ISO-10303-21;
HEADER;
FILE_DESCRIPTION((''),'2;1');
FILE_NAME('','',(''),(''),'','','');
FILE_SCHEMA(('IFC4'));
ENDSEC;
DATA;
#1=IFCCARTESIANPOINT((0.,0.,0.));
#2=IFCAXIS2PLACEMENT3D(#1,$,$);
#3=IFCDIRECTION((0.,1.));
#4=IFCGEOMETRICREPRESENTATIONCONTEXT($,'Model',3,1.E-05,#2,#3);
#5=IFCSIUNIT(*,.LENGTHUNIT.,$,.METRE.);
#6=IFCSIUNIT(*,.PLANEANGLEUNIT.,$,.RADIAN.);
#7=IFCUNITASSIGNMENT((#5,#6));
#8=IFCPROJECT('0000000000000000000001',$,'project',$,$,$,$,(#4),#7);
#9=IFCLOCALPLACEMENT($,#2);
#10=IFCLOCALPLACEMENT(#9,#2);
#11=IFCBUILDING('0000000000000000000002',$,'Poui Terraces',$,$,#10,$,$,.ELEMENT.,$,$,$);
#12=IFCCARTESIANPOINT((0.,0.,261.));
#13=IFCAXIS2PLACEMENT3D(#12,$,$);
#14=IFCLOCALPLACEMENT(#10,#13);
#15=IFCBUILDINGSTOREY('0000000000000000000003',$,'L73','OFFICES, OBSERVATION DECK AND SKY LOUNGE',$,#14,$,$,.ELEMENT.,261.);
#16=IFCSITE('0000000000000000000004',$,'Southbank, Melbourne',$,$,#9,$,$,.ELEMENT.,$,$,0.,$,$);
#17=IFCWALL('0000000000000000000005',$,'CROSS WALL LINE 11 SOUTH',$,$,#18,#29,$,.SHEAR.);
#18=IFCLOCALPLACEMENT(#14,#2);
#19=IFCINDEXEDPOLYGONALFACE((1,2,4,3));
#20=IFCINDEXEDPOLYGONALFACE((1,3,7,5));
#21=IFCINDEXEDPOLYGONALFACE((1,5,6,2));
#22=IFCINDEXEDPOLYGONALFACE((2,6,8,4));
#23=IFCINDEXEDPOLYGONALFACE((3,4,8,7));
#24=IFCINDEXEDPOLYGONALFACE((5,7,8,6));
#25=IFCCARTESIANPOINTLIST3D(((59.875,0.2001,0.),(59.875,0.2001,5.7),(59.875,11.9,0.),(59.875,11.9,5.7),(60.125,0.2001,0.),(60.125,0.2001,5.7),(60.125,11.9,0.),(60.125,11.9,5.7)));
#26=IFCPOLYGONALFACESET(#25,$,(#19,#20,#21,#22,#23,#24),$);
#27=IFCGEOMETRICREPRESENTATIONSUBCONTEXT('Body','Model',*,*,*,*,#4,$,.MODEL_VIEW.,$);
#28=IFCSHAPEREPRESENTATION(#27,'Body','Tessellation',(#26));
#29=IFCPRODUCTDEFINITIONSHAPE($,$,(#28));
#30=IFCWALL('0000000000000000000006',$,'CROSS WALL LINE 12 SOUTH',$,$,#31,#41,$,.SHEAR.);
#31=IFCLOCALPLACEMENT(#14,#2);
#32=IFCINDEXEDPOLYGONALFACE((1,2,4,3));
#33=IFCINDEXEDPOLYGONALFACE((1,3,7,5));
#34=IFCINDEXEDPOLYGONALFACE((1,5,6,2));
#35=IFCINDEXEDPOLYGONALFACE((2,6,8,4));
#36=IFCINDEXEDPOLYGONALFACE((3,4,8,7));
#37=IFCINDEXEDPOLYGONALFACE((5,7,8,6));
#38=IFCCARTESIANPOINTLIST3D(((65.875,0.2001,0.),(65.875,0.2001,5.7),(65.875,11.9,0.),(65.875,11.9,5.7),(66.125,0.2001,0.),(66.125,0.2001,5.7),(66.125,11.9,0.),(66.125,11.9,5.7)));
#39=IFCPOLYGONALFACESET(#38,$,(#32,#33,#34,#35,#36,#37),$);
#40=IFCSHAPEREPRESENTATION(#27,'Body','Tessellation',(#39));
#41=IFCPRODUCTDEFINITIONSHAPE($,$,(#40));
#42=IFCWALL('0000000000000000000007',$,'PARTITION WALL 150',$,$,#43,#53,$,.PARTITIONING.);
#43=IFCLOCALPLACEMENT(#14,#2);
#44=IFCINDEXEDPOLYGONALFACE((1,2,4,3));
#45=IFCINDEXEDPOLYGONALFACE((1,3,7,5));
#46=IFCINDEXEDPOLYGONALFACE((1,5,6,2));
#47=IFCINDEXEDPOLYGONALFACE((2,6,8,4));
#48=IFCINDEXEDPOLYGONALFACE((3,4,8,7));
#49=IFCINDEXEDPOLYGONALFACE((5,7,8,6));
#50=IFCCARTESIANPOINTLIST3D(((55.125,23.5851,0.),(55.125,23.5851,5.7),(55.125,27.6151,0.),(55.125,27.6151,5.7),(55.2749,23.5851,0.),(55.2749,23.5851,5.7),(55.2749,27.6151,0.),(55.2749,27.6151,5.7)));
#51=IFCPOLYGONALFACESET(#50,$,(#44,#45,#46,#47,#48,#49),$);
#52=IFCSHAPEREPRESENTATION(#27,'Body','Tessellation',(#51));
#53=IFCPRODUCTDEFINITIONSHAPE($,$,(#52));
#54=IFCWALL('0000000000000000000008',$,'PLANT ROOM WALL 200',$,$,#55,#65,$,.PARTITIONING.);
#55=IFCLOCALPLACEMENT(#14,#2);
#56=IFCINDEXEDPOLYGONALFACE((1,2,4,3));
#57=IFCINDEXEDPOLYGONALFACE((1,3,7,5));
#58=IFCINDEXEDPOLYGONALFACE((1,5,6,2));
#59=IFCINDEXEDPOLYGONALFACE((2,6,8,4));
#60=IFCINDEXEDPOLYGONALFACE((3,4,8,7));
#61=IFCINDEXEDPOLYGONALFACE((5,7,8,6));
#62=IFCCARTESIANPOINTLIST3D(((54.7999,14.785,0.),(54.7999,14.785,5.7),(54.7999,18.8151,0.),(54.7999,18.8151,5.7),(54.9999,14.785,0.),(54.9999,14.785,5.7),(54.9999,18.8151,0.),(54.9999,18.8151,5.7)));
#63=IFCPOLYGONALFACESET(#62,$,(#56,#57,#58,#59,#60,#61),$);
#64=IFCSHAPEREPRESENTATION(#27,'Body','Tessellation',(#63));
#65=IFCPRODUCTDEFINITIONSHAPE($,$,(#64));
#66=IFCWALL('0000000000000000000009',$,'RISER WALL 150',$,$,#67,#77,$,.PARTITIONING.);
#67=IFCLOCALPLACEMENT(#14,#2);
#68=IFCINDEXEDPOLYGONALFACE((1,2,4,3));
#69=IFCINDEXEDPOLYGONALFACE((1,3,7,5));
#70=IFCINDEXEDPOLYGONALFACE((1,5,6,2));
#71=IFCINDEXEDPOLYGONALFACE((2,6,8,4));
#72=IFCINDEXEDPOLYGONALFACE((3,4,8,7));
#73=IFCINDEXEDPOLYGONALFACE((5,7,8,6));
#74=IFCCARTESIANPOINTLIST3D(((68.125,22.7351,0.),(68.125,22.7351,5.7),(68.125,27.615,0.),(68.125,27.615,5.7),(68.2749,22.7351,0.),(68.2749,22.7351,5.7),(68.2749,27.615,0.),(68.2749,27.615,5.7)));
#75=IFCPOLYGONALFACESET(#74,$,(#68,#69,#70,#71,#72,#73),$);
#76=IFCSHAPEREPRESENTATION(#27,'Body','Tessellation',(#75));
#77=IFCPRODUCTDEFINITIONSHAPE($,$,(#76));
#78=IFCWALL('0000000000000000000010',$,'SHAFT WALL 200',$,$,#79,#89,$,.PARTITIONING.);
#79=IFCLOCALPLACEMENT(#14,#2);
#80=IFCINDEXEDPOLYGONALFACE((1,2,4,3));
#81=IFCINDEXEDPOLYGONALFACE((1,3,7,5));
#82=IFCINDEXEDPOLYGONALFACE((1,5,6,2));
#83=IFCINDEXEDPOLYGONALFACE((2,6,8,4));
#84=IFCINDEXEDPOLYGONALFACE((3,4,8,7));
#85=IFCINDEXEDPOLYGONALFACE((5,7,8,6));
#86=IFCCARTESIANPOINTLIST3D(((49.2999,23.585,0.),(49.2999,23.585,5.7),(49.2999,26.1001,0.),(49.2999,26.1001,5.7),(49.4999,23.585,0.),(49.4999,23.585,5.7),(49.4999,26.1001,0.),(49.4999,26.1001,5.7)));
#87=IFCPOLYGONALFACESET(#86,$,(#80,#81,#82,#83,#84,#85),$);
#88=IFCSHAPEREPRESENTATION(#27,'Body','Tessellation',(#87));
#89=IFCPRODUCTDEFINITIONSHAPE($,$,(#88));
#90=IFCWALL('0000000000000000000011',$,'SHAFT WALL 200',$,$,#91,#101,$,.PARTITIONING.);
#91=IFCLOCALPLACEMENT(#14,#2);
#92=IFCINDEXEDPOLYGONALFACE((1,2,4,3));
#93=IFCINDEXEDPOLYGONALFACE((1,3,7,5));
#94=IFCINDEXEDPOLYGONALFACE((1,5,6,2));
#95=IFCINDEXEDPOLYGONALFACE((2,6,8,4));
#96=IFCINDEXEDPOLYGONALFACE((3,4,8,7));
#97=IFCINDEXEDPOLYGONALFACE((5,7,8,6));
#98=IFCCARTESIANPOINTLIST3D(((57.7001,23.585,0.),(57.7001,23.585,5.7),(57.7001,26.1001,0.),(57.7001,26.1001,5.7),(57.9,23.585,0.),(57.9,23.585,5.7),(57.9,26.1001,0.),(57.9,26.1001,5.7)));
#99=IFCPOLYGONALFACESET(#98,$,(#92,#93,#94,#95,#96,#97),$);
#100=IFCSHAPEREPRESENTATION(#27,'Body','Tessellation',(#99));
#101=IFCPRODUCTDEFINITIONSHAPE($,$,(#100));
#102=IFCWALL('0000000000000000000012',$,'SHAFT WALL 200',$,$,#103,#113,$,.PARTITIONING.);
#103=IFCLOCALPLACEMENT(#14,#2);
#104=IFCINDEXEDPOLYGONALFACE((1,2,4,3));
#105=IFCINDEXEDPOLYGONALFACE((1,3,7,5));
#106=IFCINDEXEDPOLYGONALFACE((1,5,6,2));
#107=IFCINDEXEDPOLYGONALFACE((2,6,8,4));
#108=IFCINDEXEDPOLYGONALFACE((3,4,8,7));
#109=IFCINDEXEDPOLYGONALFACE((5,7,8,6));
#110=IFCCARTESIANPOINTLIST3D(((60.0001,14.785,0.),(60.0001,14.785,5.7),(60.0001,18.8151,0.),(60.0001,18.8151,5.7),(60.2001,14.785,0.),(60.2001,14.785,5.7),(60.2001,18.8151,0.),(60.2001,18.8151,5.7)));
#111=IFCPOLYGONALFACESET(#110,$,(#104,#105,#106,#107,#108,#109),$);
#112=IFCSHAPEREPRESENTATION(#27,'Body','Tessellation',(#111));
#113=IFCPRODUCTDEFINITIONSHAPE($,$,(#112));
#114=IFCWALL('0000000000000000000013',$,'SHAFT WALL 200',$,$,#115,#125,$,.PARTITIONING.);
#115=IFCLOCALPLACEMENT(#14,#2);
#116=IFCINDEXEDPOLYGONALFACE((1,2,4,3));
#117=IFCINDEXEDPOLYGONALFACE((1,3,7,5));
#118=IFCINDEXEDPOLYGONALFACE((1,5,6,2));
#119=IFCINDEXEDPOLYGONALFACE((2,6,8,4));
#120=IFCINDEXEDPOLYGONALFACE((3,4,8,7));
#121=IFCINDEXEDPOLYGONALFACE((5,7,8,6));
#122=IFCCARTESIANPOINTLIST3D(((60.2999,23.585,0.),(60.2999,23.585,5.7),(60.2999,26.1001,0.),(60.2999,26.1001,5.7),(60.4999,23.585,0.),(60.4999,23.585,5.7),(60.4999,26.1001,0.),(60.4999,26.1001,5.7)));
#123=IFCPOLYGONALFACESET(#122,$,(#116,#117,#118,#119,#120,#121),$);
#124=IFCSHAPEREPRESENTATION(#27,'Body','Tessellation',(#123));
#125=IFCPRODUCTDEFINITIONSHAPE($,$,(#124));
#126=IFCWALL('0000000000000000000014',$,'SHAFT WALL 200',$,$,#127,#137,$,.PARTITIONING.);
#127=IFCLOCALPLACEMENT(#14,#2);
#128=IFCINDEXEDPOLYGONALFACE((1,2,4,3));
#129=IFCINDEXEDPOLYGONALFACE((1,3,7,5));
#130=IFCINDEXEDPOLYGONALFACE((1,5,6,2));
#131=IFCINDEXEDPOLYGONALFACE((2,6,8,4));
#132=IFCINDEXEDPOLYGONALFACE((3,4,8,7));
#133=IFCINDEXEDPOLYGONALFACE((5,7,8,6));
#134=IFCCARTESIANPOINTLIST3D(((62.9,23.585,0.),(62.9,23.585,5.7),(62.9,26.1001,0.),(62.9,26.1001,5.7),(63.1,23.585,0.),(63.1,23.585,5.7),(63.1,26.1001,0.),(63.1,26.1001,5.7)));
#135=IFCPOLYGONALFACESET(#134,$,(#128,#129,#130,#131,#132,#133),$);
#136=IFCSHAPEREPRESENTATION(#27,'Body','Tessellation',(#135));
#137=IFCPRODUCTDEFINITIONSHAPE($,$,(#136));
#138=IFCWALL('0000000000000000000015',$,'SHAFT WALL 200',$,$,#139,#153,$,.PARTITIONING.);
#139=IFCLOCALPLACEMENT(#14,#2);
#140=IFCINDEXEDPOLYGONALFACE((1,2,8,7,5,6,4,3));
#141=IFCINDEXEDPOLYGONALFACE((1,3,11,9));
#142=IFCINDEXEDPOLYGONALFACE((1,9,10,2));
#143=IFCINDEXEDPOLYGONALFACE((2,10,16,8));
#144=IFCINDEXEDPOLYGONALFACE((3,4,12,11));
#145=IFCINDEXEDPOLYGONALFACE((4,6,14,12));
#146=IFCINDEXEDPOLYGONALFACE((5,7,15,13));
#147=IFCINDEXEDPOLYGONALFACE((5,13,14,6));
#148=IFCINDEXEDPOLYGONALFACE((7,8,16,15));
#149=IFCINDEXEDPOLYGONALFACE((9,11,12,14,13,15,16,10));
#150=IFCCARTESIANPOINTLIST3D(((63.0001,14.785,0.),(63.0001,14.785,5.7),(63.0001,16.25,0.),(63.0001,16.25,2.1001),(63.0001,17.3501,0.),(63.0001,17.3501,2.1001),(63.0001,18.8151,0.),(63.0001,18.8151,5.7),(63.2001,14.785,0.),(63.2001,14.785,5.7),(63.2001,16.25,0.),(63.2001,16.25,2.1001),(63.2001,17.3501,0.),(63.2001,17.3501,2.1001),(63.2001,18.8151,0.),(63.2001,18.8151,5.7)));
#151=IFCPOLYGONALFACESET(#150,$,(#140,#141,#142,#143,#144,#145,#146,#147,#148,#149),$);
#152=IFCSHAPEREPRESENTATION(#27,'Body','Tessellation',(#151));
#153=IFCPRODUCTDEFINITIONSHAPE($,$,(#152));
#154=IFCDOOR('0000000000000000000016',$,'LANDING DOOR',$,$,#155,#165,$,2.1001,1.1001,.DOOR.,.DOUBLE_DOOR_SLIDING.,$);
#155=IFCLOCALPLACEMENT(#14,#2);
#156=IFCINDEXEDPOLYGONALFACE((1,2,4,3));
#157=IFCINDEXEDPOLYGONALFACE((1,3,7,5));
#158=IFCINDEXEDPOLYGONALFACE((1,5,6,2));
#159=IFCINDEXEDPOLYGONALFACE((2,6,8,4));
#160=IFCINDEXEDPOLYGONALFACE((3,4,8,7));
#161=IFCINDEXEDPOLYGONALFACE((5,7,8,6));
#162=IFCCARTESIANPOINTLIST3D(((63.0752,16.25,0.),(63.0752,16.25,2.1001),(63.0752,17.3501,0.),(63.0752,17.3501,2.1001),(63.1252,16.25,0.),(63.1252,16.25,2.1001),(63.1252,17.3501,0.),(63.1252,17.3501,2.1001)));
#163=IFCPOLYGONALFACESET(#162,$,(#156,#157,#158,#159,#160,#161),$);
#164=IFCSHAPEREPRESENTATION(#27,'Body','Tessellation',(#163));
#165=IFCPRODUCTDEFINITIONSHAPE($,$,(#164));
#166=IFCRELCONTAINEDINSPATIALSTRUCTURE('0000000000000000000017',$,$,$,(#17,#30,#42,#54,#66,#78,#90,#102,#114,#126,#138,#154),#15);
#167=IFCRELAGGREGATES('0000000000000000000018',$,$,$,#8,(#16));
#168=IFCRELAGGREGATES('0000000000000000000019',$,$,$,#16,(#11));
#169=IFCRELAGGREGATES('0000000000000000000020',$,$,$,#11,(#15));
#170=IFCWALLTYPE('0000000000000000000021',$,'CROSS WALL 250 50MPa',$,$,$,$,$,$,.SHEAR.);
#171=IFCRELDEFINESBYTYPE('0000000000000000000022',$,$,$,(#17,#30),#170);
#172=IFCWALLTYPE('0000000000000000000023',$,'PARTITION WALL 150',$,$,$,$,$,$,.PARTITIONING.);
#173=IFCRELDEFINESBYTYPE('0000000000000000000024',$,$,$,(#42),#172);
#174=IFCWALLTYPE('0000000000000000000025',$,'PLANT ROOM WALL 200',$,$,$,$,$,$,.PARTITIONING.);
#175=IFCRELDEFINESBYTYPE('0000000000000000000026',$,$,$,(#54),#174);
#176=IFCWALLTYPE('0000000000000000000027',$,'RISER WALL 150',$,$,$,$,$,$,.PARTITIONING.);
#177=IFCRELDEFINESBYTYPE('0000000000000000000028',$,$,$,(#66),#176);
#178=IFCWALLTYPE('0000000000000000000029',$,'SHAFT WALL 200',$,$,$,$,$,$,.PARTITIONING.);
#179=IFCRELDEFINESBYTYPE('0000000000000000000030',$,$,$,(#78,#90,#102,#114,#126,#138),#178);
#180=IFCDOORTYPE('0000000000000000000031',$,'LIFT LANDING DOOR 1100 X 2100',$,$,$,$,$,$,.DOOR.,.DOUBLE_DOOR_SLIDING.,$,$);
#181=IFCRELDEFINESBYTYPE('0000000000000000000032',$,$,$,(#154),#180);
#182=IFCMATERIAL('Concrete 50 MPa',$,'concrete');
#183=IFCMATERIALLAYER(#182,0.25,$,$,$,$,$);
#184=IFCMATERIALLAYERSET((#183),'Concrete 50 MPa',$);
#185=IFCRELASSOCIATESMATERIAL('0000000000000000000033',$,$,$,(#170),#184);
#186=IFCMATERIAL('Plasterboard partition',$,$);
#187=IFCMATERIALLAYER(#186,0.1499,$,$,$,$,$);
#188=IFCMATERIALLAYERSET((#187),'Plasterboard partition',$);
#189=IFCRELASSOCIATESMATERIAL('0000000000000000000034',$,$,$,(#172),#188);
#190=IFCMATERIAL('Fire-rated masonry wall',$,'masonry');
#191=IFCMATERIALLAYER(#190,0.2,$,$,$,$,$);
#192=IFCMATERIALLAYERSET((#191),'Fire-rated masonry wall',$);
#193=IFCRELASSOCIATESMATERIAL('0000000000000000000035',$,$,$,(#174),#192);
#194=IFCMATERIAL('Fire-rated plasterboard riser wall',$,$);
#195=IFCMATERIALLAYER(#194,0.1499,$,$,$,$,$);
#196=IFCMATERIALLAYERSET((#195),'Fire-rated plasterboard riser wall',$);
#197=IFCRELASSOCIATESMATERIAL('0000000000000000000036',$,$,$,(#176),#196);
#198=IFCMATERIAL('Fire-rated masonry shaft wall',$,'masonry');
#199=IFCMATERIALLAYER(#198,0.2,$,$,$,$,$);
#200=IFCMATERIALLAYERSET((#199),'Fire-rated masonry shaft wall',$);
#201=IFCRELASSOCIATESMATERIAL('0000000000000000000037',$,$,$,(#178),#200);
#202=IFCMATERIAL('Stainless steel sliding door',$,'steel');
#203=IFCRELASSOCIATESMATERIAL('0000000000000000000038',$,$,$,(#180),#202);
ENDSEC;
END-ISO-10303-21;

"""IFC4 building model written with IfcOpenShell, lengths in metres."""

from ifc_helpers import new_model, si_unit, direction, frame, frame_2d, origin, place, context, subcontext, project, spatial, rectangle, extrude, material, layer, layer_set, type_object, element, fill, save


model = new_model("IFC4")

# Units and contexts
model_context = context("Model", 3, precision=1e-05, world=origin(), true_north=direction((0.0, 1.0)))
body_context = subcontext(model_context, "Body", "Model", "MODEL_VIEW")
ifc_project = project(units=[si_unit("LENGTHUNIT", "METRE"), si_unit("PLANEANGLEUNIT", "RADIAN")], contexts=[model_context])

# Site, building, storey
site_placement = place(None, origin())
site = spatial("IfcSite", under=ifc_project, at=site_placement, Name="Southbank, Melbourne", CompositionType="ELEMENT", RefElevation=0.0)
building_placement = place(site_placement, origin())
building = spatial("IfcBuilding", under=site, at=building_placement, Name="Poui Terraces", CompositionType="ELEMENT")
storey_placement = place(building_placement, frame((0.0, 0.0, 261.0)))
storey = spatial("IfcBuildingStorey", under=building, at=storey_placement, Name="L73", Description="OFFICES, OBSERVATION DECK AND SKY LOUNGE", CompositionType="ELEMENT", Elevation=261.0)

# Shared definitions
ifc_material_1 = material(Name="Concrete 50 MPa", Category="concrete")

# Walls
ifc_layer_1 = layer(ifc_material_1, 0.25)
ifc_layer_set_1 = layer_set([ifc_layer_1], Name="Concrete 50 MPa")
wall_type_1 = type_object("IfcWallType", Name="CROSS WALL 250 50MPa", PredefinedType="SHEAR", material=ifc_layer_set_1)
for number, where, z_axis, x_axis, name in (
    (1, (60.0, 0.2, 0.0), (0.0, 0.0, 1.0), (0.0, 1.0, 0.0), "CROSS WALL LINE 11 SOUTH"),
    (2, (66.0, 0.2, 0.0), (0.0, 0.0, 1.0), (0.0, 1.0, 0.0), "CROSS WALL LINE 12 SOUTH"),
):
    element("IfcWall", number, at=place(storey_placement, frame(where, z_axis=z_axis, x_axis=x_axis)), inside=storey, type_object=wall_type_1, Name=name, PredefinedType="SHEAR", context=body_context, shape_type="SweptSolid", body=[
        extrude(rectangle(XDim=11.7, YDim=0.25, at=frame_2d((5.8501, 0.0))), origin(), (0.0, 0.0, 1.0), 5.7),
    ])
ifc_material_2 = material(Name="Plasterboard partition")
ifc_layer_2 = layer(ifc_material_2, 0.1499)
ifc_layer_set_2 = layer_set([ifc_layer_2], Name="Plasterboard partition")
wall_type_2 = type_object("IfcWallType", Name="PARTITION WALL 150", PredefinedType="PARTITIONING", material=ifc_layer_set_2)
wall_1_placement = place(storey_placement, frame((55.2, 23.585, 0.0), z_axis=(0.0, 0.0, 1.0), x_axis=(0.0, 1.0, 0.0)))
element("IfcWall", 3, at=wall_1_placement, inside=storey, type_object=wall_type_2, Name="PARTITION WALL 150", PredefinedType="PARTITIONING", context=body_context, shape_type="SweptSolid", body=[
    extrude(rectangle(XDim=4.03, YDim=0.1499, at=frame_2d((2.0151, 0.0))), origin(), (0.0, 0.0, 1.0), 5.7),
])
ifc_material_3 = material(Name="Fire-rated masonry wall", Category="masonry")
ifc_layer_3 = layer(ifc_material_3, 0.2)
ifc_layer_set_3 = layer_set([ifc_layer_3], Name="Fire-rated masonry wall")
wall_type_3 = type_object("IfcWallType", Name="PLANT ROOM WALL 200", PredefinedType="PARTITIONING", material=ifc_layer_set_3)
wall_2_placement = place(storey_placement, frame((54.8999, 14.7849, 0.0), z_axis=(0.0, 0.0, 1.0), x_axis=(0.0, 1.0, 0.0)))
element("IfcWall", 4, at=wall_2_placement, inside=storey, type_object=wall_type_3, Name="PLANT ROOM WALL 200", PredefinedType="PARTITIONING", context=body_context, shape_type="SweptSolid", body=[
    extrude(rectangle(XDim=4.03, YDim=0.2, at=frame_2d((2.0151, 0.0))), origin(), (0.0, 0.0, 1.0), 5.7),
])
ifc_material_4 = material(Name="Fire-rated plasterboard riser wall")
ifc_layer_4 = layer(ifc_material_4, 0.1499)
ifc_layer_set_4 = layer_set([ifc_layer_4], Name="Fire-rated plasterboard riser wall")
wall_type_4 = type_object("IfcWallType", Name="RISER WALL 150", PredefinedType="PARTITIONING", material=ifc_layer_set_4)
wall_3_placement = place(storey_placement, frame((68.2, 22.7351, 0.0), z_axis=(0.0, 0.0, 1.0), x_axis=(0.0, 1.0, 0.0)))
element("IfcWall", 5, at=wall_3_placement, inside=storey, type_object=wall_type_4, Name="RISER WALL 150", PredefinedType="PARTITIONING", context=body_context, shape_type="SweptSolid", body=[
    extrude(rectangle(XDim=4.8799, YDim=0.1499, at=frame_2d((2.4399, 0.0))), origin(), (0.0, 0.0, 1.0), 5.7),
])
ifc_material_5 = material(Name="Fire-rated masonry shaft wall", Category="masonry")
ifc_layer_5 = layer(ifc_material_5, 0.2)
ifc_layer_set_5 = layer_set([ifc_layer_5], Name="Fire-rated masonry shaft wall")
wall_type_5 = type_object("IfcWallType", Name="SHAFT WALL 200", PredefinedType="PARTITIONING", material=ifc_layer_set_5)
for number, where, z_axis, x_axis, name in (
    (6, (49.3999, 23.585, 0.0), (0.0, 0.0, 1.0), (0.0, 1.0, 0.0), "SHAFT WALL 200"),
    (7, (57.8, 23.585, 0.0), (0.0, 0.0, 1.0), (0.0, 1.0, 0.0), "SHAFT WALL 200"),
):
    element("IfcWall", number, at=place(storey_placement, frame(where, z_axis=z_axis, x_axis=x_axis)), inside=storey, type_object=wall_type_5, Name=name, PredefinedType="PARTITIONING", context=body_context, shape_type="SweptSolid", body=[
        extrude(rectangle(XDim=2.5151, YDim=0.2, at=frame_2d((1.2576, 0.0))), origin(), (0.0, 0.0, 1.0), 5.7),
    ])
wall_4_placement = place(storey_placement, frame((60.1001, 14.7849, 0.0), z_axis=(0.0, 0.0, 1.0), x_axis=(0.0, 1.0, 0.0)))
element("IfcWall", 8, at=wall_4_placement, inside=storey, type_object=wall_type_5, Name="SHAFT WALL 200", PredefinedType="PARTITIONING", context=body_context, shape_type="SweptSolid", body=[
    extrude(rectangle(XDim=4.03, YDim=0.2, at=frame_2d((2.0151, 0.0))), origin(), (0.0, 0.0, 1.0), 5.7),
])
for number, where, z_axis, x_axis, name in (
    (9, (60.3999, 23.585, 0.0), (0.0, 0.0, 1.0), (0.0, 1.0, 0.0), "SHAFT WALL 200"),
    (10, (63.0, 23.585, 0.0), (0.0, 0.0, 1.0), (0.0, 1.0, 0.0), "SHAFT WALL 200"),
):
    element("IfcWall", number, at=place(storey_placement, frame(where, z_axis=z_axis, x_axis=x_axis)), inside=storey, type_object=wall_type_5, Name=name, PredefinedType="PARTITIONING", context=body_context, shape_type="SweptSolid", body=[
        extrude(rectangle(XDim=2.5151, YDim=0.2, at=frame_2d((1.2576, 0.0))), origin(), (0.0, 0.0, 1.0), 5.7),
    ])

# Wall, opening, door
wall_5_placement = place(storey_placement, frame((63.1001, 14.7849, 0.0), z_axis=(0.0, 0.0, 1.0), x_axis=(0.0, 1.0, 0.0)))
wall_5 = element("IfcWall", 11, at=wall_5_placement, inside=storey, type_object=wall_type_5, Name="SHAFT WALL 200", PredefinedType="PARTITIONING", context=body_context, shape_type="SweptSolid", body=[
    extrude(rectangle(XDim=4.03, YDim=0.2, at=frame_2d((2.0151, 0.0))), origin(), (0.0, 0.0, 1.0), 5.7),
])
opening_1_placement = place(wall_5_placement, frame((1.4651, 0.0, 0.0)))
opening_1 = element("IfcOpeningElement", 12, at=opening_1_placement, cuts=wall_5, PredefinedType="OPENING", context=body_context, shape_type="SweptSolid", body=[
    extrude(rectangle(XDim=1.1001, YDim=2.1001, at=frame_2d((0.55, 1.05))), frame((0.0, 0.1099, 0.0), z_axis=(0.0, -1.0, 0.0), x_axis=(1.0, 0.0, 0.0)), (0.0, 0.0, 1.0), 0.22),
])
ifc_material_6 = material(Name="Stainless steel sliding door", Category="steel")
door_type_1 = type_object("IfcDoorType", Name="LIFT LANDING DOOR 1100 X 2100", OperationType="DOUBLE_DOOR_SLIDING", PredefinedType="DOOR", material=ifc_material_6)
door_1_placement = place(opening_1_placement, origin())
door_1 = element("IfcDoor", 13, at=door_1_placement, inside=storey, type_object=door_type_1, Name="LANDING DOOR", OperationType="DOUBLE_DOOR_SLIDING", OverallHeight=2.1001, OverallWidth=1.1001, PredefinedType="DOOR", context=body_context, shape_type="SweptSolid", body=[
    extrude(rectangle(XDim=1.1001, YDim=2.1001, at=frame_2d((0.55, 1.05))), frame((0.0, 0.0249, 0.0), z_axis=(0.0, -1.0, 0.0), x_axis=(1.0, 0.0, 0.0)), (0.0, 0.0, 1.0), 0.05),
])
fill(opening_1, door_1)

save(model, "model.ifc")
